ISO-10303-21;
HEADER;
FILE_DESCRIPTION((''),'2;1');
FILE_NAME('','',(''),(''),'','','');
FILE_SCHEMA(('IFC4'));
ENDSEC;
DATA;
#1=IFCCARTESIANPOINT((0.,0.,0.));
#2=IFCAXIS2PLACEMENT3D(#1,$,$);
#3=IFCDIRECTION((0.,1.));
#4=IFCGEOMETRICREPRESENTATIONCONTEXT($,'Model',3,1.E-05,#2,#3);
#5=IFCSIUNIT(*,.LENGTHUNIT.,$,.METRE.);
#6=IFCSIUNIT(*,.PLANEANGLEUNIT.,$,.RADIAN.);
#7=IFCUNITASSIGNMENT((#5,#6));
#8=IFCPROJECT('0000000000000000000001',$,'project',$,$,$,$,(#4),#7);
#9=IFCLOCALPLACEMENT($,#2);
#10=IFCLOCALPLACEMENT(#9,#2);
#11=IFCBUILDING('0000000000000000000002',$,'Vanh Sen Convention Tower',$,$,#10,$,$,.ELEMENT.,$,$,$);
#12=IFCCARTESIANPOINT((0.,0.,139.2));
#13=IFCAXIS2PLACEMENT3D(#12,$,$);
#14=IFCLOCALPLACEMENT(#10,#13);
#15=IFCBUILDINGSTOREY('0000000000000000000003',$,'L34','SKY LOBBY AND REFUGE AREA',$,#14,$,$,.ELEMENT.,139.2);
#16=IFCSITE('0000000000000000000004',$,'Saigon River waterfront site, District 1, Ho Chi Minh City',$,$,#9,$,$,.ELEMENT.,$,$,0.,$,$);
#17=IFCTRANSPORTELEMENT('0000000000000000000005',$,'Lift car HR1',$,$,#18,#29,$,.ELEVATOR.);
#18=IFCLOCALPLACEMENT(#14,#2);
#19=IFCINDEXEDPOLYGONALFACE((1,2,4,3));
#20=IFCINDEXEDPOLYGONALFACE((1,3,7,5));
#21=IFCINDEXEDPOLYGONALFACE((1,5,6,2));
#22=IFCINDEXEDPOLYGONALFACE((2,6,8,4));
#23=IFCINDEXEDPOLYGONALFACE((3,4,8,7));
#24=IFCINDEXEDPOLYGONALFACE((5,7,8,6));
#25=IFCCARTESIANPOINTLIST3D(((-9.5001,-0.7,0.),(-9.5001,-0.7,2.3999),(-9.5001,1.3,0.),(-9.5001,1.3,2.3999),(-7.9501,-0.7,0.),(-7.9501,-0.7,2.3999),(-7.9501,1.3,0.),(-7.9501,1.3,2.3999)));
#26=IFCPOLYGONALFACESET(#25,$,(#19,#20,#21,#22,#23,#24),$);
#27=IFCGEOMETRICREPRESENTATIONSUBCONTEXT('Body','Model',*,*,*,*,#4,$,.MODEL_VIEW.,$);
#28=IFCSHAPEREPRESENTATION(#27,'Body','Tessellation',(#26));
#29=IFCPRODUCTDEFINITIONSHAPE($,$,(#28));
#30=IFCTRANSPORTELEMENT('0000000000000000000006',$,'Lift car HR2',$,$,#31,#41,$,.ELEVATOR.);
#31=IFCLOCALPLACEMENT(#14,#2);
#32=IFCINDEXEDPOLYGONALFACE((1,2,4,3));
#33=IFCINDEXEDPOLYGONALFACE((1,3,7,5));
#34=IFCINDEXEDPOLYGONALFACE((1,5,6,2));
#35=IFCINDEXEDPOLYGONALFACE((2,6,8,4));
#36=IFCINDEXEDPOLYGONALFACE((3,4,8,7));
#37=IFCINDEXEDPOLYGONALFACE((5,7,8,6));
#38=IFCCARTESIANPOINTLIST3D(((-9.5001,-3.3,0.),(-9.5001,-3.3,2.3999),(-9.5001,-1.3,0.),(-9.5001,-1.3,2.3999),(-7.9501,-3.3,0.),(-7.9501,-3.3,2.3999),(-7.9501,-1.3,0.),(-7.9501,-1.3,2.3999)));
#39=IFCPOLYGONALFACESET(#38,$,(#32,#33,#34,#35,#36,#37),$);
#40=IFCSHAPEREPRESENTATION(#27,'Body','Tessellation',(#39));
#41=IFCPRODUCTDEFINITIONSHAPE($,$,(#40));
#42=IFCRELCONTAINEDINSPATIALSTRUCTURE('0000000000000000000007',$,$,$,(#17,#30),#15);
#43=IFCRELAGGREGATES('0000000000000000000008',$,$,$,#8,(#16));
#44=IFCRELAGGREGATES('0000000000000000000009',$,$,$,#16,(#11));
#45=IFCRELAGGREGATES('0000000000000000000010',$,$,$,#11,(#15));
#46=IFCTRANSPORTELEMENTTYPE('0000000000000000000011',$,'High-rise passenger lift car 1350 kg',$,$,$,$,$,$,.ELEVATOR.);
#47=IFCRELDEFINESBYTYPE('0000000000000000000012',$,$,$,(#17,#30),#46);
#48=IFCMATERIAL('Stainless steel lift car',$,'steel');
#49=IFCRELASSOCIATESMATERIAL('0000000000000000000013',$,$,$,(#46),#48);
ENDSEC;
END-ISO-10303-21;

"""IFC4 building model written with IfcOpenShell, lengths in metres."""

from ifc_helpers import new_model, si_unit, direction, frame, origin, origin_2d, place, context, subcontext, project, spatial, rectangle, extrude, material, type_object, element, save


model = new_model("IFC4")

# Units and contexts
model_context = context("Model", 3, precision=1e-05, world=origin(), true_north=direction((0.0, 1.0)))
body_context = subcontext(model_context, "Body", "Model", "MODEL_VIEW")
ifc_project = project(units=[si_unit("LENGTHUNIT", "METRE"), si_unit("PLANEANGLEUNIT", "RADIAN")], contexts=[model_context])

# Site, building, storey
site_placement = place(None, origin())
site = spatial("IfcSite", under=ifc_project, at=site_placement, Name="Saigon River waterfront site, District 1, Ho Chi Minh City", CompositionType="ELEMENT", RefElevation=0.0)
building_placement = place(site_placement, origin())
building = spatial("IfcBuilding", under=site, at=building_placement, Name="Vanh Sen Convention Tower", CompositionType="ELEMENT")
storey_placement = place(building_placement, frame((0.0, 0.0, 139.2)))
storey = spatial("IfcBuildingStorey", under=building, at=storey_placement, Name="L34", Description="SKY LOBBY AND REFUGE AREA", CompositionType="ELEMENT", Elevation=139.2)

# Transport elements
ifc_material_1 = material(Name="Stainless steel lift car", Category="steel")
transport_element_type = type_object("IfcTransportElementType", Name="High-rise passenger lift car 1350 kg", PredefinedType="ELEVATOR", material=ifc_material_1)
for number, where, z_axis, x_axis, name in (
    (1, (-8.7251, 0.3, 0.0), (0.0, 0.0, 1.0), (0.0, -1.0, 0.0), "Lift car HR1"),
    (2, (-8.7251, -2.3, 0.0), (0.0, 0.0, 1.0), (0.0, -1.0, 0.0), "Lift car HR2"),
):
    element("IfcTransportElement", number, at=place(storey_placement, frame(where, z_axis=z_axis, x_axis=x_axis)), inside=storey, type_object=transport_element_type, Name=name, PredefinedType="ELEVATOR", context=body_context, shape_type="SweptSolid", body=[
        extrude(rectangle(XDim=2.0, YDim=1.55, at=origin_2d()), origin(), (0.0, 0.0, 1.0), 2.3999),
    ])

save(model, "model.ifc")
